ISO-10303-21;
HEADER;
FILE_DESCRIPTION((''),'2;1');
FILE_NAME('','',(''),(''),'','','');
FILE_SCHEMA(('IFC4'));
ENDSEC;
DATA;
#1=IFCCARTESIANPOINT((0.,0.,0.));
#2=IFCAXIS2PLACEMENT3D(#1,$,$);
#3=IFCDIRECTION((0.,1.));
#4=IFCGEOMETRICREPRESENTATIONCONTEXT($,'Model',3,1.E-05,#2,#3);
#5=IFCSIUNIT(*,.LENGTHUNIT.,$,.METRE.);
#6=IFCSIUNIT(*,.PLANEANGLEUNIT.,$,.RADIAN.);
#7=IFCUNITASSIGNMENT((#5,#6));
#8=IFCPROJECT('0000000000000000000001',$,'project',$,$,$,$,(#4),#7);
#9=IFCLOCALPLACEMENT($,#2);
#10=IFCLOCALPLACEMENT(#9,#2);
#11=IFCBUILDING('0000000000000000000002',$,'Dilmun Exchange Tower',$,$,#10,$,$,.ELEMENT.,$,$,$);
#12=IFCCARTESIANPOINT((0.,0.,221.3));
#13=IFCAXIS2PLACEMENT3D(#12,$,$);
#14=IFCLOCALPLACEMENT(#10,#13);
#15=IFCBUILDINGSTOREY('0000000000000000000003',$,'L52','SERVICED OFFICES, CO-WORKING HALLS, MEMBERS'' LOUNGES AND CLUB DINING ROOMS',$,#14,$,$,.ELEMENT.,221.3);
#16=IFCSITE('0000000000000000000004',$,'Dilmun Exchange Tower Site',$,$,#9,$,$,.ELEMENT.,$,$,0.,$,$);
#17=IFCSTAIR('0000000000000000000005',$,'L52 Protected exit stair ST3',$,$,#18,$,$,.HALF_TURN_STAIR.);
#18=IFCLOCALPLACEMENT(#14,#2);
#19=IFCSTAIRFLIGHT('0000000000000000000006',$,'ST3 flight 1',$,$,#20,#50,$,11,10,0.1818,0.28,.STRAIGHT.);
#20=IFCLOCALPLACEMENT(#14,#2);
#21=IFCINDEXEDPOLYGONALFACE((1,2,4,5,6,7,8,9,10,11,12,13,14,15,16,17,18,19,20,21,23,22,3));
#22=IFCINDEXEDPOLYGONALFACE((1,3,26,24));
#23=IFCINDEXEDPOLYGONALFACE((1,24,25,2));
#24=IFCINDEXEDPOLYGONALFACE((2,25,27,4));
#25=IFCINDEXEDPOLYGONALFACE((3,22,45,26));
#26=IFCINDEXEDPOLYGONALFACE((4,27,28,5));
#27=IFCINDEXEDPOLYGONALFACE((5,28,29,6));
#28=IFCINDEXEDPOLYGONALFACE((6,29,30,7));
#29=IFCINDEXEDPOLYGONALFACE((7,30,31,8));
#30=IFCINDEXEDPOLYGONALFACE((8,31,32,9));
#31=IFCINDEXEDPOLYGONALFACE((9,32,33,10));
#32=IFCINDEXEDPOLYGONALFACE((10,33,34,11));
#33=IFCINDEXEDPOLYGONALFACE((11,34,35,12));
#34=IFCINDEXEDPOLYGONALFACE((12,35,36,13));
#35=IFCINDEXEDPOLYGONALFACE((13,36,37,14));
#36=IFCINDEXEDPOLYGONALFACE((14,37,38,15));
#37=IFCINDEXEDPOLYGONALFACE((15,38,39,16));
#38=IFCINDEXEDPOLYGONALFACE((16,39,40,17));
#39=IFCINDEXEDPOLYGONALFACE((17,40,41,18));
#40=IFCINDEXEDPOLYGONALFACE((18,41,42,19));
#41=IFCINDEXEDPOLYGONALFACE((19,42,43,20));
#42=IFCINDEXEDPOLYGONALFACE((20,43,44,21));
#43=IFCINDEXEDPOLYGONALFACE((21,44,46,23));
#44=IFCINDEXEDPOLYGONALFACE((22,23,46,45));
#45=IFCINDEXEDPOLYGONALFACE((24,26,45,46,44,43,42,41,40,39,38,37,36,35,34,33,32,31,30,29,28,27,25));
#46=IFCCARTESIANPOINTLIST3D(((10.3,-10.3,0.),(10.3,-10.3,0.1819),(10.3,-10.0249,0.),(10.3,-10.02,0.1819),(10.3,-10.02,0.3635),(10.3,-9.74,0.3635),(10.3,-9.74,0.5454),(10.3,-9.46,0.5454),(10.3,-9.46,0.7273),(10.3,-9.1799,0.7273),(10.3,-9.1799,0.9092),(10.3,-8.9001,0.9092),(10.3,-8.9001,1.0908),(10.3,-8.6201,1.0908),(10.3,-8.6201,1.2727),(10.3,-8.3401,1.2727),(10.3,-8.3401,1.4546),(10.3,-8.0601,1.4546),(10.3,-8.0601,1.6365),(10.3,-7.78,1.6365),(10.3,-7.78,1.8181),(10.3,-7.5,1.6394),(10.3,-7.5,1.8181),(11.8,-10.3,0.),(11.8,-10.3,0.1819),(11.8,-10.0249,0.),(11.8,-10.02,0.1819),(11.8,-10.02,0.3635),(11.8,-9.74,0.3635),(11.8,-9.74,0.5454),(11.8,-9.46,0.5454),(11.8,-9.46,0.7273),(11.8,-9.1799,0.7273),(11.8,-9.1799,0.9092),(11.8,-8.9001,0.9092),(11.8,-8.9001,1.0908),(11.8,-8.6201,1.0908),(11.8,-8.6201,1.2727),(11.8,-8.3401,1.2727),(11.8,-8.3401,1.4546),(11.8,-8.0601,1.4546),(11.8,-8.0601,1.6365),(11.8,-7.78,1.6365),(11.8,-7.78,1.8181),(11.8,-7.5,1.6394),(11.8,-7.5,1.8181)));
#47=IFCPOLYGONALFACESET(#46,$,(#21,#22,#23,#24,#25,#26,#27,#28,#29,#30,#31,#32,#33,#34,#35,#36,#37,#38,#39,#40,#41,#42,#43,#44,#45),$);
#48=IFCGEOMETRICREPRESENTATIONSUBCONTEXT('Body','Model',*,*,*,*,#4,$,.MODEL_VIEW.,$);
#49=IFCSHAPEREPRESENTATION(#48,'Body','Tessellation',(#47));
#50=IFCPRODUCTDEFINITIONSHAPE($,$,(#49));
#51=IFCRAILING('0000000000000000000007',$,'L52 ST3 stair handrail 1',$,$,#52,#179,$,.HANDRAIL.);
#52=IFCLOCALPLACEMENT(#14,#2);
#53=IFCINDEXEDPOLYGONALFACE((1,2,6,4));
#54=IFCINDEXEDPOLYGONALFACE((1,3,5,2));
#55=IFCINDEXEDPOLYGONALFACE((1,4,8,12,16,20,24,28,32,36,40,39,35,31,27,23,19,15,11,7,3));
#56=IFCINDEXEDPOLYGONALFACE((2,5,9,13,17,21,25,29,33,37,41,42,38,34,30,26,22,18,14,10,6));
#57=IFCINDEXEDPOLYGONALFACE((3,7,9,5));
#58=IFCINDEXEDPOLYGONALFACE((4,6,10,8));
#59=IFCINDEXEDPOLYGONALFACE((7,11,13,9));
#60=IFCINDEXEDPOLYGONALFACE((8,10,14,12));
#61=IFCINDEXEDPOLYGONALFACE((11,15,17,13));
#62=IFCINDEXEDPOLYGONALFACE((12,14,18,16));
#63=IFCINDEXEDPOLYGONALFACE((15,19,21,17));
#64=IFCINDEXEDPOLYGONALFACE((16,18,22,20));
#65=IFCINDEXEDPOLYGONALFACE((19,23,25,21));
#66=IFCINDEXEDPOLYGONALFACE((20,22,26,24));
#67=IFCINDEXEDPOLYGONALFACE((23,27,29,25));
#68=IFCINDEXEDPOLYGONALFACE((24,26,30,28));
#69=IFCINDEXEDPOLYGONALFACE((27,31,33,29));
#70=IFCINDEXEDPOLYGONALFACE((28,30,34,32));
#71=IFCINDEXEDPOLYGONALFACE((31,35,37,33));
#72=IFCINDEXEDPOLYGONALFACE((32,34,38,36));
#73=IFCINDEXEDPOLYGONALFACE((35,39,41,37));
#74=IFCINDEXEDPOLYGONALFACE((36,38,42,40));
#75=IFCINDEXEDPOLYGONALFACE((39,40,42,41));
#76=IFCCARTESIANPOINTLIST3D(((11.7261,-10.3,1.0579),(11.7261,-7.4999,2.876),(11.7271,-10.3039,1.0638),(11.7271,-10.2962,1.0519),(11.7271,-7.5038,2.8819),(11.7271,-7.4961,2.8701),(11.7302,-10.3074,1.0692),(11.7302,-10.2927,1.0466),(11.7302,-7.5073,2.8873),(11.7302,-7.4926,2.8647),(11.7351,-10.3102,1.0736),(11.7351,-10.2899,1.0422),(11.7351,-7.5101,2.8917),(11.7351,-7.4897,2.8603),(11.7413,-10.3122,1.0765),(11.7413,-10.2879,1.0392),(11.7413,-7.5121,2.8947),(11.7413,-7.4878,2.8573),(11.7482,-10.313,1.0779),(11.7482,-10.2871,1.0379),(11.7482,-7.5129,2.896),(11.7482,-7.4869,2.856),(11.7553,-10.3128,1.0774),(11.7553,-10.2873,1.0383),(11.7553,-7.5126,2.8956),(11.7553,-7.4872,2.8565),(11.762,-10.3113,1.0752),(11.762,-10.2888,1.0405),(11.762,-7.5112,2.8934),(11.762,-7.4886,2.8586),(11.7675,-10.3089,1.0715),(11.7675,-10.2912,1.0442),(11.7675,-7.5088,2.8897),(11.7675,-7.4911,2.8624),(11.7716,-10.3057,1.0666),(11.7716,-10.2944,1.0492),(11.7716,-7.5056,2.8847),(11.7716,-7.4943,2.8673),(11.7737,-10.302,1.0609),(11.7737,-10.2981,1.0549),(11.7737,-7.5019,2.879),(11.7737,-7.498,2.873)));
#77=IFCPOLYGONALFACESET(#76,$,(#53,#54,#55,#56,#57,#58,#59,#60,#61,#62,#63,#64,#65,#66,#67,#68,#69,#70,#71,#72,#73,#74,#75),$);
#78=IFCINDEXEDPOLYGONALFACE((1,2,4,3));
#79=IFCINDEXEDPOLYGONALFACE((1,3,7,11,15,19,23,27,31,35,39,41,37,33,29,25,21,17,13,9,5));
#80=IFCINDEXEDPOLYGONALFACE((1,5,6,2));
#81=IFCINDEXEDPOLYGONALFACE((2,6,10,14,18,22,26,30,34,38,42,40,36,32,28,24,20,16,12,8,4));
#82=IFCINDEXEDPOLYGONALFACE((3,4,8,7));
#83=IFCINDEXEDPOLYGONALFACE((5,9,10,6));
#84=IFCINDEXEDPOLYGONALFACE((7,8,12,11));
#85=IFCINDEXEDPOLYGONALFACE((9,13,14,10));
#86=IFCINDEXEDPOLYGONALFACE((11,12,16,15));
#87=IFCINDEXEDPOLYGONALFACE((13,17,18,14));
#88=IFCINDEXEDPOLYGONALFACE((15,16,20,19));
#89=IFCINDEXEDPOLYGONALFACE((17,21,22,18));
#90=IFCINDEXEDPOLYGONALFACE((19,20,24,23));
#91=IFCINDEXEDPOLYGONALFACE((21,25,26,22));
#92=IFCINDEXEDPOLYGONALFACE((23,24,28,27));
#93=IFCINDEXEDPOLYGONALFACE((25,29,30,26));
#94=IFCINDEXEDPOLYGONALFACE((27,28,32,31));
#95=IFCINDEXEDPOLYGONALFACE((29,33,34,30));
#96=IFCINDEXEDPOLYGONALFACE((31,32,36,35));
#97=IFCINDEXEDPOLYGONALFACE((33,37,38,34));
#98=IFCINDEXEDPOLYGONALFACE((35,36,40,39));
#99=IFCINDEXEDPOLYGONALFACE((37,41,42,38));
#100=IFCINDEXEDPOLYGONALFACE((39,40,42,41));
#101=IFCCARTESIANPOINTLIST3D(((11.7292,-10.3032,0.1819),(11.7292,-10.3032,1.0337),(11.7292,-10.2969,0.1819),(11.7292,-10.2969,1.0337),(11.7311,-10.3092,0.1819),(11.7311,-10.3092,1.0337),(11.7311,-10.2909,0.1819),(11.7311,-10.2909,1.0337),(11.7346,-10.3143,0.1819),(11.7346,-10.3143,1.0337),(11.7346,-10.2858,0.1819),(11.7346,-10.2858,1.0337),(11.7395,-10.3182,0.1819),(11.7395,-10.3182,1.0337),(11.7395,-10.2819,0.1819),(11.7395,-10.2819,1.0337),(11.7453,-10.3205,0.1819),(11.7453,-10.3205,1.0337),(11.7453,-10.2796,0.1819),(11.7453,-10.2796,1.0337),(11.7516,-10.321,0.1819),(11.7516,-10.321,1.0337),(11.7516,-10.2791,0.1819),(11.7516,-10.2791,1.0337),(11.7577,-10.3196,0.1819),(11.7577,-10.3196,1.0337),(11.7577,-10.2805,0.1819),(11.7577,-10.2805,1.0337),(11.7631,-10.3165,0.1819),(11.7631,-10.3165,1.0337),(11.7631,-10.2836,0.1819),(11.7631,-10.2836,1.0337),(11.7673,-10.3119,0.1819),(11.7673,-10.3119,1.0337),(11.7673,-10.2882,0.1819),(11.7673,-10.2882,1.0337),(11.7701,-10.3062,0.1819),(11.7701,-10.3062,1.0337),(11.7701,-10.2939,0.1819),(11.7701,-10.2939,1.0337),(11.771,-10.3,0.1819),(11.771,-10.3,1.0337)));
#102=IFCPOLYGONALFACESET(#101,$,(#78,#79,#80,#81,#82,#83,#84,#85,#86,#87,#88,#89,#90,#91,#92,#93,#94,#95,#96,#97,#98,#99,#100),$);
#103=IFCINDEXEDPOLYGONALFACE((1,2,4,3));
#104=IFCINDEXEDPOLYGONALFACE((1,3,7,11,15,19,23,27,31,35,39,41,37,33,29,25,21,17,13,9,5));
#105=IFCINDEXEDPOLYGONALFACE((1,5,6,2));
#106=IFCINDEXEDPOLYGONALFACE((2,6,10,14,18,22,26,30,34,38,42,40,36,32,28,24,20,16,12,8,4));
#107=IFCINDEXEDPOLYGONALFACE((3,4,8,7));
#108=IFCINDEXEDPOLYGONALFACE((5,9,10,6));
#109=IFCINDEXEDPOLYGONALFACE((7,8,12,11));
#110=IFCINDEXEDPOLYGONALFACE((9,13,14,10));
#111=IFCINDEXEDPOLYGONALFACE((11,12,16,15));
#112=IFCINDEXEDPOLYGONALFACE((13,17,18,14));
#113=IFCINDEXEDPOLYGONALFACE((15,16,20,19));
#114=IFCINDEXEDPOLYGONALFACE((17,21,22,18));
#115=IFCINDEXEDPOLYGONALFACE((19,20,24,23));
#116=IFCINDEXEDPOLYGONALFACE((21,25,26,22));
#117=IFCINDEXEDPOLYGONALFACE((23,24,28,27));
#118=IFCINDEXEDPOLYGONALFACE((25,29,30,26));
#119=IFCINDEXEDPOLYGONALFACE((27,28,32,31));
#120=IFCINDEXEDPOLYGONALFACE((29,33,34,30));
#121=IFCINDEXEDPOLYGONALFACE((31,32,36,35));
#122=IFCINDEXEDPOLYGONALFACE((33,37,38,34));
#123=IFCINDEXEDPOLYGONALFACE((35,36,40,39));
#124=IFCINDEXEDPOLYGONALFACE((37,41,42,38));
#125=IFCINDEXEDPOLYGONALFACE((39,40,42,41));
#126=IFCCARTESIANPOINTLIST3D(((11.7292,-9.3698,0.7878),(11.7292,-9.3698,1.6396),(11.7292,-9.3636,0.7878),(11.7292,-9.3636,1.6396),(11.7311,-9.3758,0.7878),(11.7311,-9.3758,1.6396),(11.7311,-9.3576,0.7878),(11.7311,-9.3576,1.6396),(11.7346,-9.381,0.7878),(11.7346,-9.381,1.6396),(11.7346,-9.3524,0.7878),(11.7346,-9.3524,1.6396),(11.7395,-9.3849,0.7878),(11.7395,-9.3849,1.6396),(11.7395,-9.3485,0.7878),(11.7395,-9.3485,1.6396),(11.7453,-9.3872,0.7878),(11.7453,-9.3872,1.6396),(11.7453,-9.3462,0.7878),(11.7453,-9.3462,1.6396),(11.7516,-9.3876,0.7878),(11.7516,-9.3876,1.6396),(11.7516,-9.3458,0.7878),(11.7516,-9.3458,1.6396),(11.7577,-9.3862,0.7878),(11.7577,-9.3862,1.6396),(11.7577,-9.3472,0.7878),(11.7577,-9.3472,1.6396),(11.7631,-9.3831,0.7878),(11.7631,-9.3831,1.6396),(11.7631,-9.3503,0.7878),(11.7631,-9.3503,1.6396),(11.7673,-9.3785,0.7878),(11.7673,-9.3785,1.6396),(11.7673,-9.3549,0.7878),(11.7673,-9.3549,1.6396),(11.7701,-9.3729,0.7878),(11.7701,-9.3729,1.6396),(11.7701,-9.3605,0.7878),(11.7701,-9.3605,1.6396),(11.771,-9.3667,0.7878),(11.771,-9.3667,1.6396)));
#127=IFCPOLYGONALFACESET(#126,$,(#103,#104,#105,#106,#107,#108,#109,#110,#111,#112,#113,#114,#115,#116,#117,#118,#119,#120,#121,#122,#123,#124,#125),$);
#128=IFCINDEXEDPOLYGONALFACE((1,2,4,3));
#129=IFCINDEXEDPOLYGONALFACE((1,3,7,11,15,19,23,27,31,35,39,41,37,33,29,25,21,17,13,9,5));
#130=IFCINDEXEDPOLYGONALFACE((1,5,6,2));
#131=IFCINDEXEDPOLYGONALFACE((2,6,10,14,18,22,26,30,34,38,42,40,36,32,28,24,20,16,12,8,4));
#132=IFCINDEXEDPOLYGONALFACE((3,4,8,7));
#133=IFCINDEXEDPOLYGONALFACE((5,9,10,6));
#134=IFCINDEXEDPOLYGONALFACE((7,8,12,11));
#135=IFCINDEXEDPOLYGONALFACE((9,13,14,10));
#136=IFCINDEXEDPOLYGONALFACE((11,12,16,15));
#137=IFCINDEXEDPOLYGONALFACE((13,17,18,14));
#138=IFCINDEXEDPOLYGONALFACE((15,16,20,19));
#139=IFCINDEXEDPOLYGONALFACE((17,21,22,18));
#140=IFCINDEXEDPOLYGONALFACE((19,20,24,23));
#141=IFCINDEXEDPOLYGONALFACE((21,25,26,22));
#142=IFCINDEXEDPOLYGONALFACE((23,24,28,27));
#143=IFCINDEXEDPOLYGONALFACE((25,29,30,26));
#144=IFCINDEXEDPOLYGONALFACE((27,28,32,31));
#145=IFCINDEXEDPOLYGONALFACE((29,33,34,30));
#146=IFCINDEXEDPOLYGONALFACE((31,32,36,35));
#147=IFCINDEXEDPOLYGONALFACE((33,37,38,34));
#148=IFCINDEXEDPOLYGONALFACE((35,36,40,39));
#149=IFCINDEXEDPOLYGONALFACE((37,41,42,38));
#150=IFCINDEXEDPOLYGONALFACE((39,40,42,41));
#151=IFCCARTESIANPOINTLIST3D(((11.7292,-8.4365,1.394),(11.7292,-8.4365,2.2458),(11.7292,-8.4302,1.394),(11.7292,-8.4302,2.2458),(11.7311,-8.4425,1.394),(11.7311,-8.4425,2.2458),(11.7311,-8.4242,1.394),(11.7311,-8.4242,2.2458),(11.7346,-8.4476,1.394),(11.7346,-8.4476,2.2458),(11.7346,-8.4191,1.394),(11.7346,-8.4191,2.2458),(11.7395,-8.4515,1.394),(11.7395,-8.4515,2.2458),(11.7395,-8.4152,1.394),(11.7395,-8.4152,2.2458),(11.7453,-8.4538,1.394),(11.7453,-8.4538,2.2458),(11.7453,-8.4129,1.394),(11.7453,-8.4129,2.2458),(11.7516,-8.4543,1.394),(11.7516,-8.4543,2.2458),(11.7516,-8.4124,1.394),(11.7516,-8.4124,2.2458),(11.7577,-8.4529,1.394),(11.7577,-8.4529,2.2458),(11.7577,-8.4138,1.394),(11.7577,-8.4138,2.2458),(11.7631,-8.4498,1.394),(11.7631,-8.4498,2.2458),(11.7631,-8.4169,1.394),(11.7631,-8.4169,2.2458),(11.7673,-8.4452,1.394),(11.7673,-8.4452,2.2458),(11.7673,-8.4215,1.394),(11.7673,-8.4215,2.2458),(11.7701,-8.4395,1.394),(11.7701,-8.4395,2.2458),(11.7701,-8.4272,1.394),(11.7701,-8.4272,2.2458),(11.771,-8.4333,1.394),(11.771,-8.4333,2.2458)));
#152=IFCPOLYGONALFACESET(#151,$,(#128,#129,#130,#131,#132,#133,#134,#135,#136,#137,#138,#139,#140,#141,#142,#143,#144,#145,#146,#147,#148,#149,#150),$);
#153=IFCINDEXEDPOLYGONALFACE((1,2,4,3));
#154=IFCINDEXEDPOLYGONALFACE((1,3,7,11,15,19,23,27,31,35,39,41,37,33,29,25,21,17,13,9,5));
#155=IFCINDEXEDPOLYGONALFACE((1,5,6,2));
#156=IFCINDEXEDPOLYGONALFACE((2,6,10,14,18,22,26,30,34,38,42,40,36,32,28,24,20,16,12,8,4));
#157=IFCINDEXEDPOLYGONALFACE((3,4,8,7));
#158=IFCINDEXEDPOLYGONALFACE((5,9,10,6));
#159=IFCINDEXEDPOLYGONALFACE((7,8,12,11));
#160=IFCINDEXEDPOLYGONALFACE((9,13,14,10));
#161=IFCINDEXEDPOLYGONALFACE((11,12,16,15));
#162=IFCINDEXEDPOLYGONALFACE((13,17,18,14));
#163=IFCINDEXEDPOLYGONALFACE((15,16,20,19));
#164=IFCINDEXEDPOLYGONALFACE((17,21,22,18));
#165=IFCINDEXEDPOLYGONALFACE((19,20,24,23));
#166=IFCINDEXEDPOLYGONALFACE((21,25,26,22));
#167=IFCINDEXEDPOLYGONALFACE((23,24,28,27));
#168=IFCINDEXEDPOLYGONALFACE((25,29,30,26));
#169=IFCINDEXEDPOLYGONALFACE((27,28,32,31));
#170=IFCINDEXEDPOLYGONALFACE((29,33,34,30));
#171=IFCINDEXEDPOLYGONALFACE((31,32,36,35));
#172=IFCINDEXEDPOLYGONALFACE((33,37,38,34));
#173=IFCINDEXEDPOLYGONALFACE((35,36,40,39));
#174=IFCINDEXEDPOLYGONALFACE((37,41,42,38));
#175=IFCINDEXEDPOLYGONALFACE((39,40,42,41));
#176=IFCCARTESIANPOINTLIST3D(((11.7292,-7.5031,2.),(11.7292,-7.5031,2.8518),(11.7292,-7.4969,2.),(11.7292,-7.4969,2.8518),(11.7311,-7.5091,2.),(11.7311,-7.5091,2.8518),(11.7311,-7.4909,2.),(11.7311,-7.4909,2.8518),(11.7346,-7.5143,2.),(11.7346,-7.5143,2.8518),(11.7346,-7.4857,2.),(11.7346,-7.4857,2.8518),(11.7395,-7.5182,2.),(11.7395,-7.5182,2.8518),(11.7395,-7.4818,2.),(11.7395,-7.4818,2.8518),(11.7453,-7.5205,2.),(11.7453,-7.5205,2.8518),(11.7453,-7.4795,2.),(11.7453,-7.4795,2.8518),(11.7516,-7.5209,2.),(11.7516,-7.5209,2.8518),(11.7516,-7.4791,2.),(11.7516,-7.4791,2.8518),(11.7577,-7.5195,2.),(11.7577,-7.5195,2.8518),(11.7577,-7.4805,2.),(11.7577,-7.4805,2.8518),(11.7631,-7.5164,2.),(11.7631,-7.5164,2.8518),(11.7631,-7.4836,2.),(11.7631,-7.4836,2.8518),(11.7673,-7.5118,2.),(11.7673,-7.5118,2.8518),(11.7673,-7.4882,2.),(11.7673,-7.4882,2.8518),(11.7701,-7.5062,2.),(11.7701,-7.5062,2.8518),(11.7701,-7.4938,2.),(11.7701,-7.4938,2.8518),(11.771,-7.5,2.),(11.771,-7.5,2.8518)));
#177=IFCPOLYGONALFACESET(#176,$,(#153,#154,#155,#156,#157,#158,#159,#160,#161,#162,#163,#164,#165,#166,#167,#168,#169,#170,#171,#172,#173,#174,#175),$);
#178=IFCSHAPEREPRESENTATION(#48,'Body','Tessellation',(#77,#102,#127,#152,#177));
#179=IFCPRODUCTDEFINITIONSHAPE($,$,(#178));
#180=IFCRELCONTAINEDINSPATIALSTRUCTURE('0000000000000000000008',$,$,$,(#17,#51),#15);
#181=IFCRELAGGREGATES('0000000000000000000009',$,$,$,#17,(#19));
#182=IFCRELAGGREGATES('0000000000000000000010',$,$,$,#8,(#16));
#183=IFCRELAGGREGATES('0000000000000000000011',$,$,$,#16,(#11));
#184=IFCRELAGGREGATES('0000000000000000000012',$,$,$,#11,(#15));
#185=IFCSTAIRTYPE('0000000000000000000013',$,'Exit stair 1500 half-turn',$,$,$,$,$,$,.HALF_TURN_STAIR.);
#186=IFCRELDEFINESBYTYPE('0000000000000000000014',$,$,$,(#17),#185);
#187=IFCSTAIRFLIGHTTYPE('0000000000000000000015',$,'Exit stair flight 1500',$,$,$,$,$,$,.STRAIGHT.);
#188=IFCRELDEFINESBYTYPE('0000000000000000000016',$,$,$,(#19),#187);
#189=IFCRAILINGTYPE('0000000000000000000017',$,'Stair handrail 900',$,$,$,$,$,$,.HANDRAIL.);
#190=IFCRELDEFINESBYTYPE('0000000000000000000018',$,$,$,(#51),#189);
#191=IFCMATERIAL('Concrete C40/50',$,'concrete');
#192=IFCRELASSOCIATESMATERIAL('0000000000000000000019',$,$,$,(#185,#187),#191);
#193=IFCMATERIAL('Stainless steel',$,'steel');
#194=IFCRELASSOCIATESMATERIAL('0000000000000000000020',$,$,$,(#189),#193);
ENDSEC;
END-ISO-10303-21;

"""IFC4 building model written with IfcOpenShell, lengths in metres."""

from ifc_helpers import new_model, si_unit, direction, frame, origin, origin_2d, place, context, subcontext, project, spatial, polyline, circle, outline, extrude, material, type_object, element, aggregate, save


model = new_model("IFC4")

# Units and contexts
model_context = context("Model", 3, precision=1e-05, world=origin(), true_north=direction((0.0, 1.0)))
body_context = subcontext(model_context, "Body", "Model", "MODEL_VIEW")
ifc_project = project(units=[si_unit("LENGTHUNIT", "METRE"), si_unit("PLANEANGLEUNIT", "RADIAN")], contexts=[model_context])

# Site, building, storey
site_placement = place(None, origin())
site = spatial("IfcSite", under=ifc_project, at=site_placement, Name="Dilmun Exchange Tower Site", CompositionType="ELEMENT", RefElevation=0.0)
building_placement = place(site_placement, origin())
building = spatial("IfcBuilding", under=site, at=building_placement, Name="Dilmun Exchange Tower", CompositionType="ELEMENT")
storey_placement = place(building_placement, frame((0.0, 0.0, 221.3)))
storey = spatial("IfcBuildingStorey", under=building, at=storey_placement, Name="L52", Description="SERVICED OFFICES, CO-WORKING HALLS, MEMBERS' LOUNGES AND CLUB DINING ROOMS", CompositionType="ELEMENT", Elevation=221.3)

# Shared definitions
ifc_material_1 = material(Name="Concrete C40/50", Category="concrete")

# Stair, stair flight
stair_type = type_object("IfcStairType", Name="Exit stair 1500 half-turn", PredefinedType="HALF_TURN_STAIR", material=ifc_material_1)
stair_placement = place(storey_placement, origin())
stair = element("IfcStair", 1, at=stair_placement, inside=storey, type_object=stair_type, Name="L52 Protected exit stair ST3", PredefinedType="HALF_TURN_STAIR")
stair_flight_type = type_object("IfcStairFlightType", Name="Exit stair flight 1500", PredefinedType="STRAIGHT", material=ifc_material_1)
stair_flight_placement = place(storey_placement, frame((11.05, -10.3, 0.0), z_axis=(0.0, 0.0, 1.0), x_axis=(0.0, 1.0, 0.0)))
stair_flight = element("IfcStairFlight", 2, at=stair_flight_placement, type_object=stair_flight_type, Name="ST3 flight 1", NumberOfRisers=11, NumberOfTreads=10, PredefinedType="STRAIGHT", RiserHeight=0.1818, TreadLength=0.28, context=body_context, shape_type="SweptSolid", body=[
    extrude(outline(polyline([(0.0, 0.0), (0.0, 0.1819), (0.28, 0.1819), (0.28, 0.3635), (0.5601, 0.3635), (0.5601, 0.5454), (0.8401, 0.5454), (0.8401, 0.7273), (1.1201, 0.7273), (1.1201, 0.9092), (1.3999, 0.9092), (1.3999, 1.0908), (1.6799, 1.0908), (1.6799, 1.2727), (1.96, 1.2727), (1.96, 1.4546), (2.24, 1.4546), (2.24, 1.6365), (2.52, 1.6365), (2.52, 1.8181), (2.8, 1.8181), (2.8, 2.0), (2.8, 1.6394), (0.2751, 0.0), (0.0, 0.0)])), frame((0.0, 0.75, 0.0), z_axis=(0.0, -1.0, 0.0), x_axis=(1.0, 0.0, 0.0)), (0.0, 0.0, 1.0), 1.5),
])
aggregate(stair, [stair_flight])

# Railing
ifc_material_2 = material(Name="Stainless steel", Category="steel")
railing_type = type_object("IfcRailingType", Name="Stair handrail 900", PredefinedType="HANDRAIL", material=ifc_material_2)
railing_1_placement = place(storey_placement, frame((11.75, -10.3, 0.1819)))
element("IfcRailing", 3, at=railing_1_placement, inside=storey, type_object=railing_type, Name="L52 ST3 stair handrail 1", PredefinedType="HANDRAIL", context=body_context, shape_type="SweptSolid", body=[
    extrude(circle(Radius=0.0239, at=origin_2d()), frame((0.0, 0.0, 0.876), z_axis=(0.0, 0.838706, 0.544585), x_axis=(-1.0, 0.0, 0.0)), (0.0, 0.0, 1.0), 3.3386),
    extrude(circle(Radius=0.021, at=origin_2d()), origin(), (0.0, 0.0, 1.0), 0.8518),
    extrude(circle(Radius=0.021, at=origin_2d()), frame((0.0, 0.9333, 0.606)), (0.0, 0.0, 1.0), 0.8518),
    extrude(circle(Radius=0.021, at=origin_2d()), frame((0.0, 1.8667, 1.2122)), (0.0, 0.0, 1.0), 0.8518),
    extrude(circle(Radius=0.021, at=origin_2d()), frame((0.0, 2.8, 1.8181)), (0.0, 0.0, 1.0), 0.8518),
])

save(model, "model.ifc")
